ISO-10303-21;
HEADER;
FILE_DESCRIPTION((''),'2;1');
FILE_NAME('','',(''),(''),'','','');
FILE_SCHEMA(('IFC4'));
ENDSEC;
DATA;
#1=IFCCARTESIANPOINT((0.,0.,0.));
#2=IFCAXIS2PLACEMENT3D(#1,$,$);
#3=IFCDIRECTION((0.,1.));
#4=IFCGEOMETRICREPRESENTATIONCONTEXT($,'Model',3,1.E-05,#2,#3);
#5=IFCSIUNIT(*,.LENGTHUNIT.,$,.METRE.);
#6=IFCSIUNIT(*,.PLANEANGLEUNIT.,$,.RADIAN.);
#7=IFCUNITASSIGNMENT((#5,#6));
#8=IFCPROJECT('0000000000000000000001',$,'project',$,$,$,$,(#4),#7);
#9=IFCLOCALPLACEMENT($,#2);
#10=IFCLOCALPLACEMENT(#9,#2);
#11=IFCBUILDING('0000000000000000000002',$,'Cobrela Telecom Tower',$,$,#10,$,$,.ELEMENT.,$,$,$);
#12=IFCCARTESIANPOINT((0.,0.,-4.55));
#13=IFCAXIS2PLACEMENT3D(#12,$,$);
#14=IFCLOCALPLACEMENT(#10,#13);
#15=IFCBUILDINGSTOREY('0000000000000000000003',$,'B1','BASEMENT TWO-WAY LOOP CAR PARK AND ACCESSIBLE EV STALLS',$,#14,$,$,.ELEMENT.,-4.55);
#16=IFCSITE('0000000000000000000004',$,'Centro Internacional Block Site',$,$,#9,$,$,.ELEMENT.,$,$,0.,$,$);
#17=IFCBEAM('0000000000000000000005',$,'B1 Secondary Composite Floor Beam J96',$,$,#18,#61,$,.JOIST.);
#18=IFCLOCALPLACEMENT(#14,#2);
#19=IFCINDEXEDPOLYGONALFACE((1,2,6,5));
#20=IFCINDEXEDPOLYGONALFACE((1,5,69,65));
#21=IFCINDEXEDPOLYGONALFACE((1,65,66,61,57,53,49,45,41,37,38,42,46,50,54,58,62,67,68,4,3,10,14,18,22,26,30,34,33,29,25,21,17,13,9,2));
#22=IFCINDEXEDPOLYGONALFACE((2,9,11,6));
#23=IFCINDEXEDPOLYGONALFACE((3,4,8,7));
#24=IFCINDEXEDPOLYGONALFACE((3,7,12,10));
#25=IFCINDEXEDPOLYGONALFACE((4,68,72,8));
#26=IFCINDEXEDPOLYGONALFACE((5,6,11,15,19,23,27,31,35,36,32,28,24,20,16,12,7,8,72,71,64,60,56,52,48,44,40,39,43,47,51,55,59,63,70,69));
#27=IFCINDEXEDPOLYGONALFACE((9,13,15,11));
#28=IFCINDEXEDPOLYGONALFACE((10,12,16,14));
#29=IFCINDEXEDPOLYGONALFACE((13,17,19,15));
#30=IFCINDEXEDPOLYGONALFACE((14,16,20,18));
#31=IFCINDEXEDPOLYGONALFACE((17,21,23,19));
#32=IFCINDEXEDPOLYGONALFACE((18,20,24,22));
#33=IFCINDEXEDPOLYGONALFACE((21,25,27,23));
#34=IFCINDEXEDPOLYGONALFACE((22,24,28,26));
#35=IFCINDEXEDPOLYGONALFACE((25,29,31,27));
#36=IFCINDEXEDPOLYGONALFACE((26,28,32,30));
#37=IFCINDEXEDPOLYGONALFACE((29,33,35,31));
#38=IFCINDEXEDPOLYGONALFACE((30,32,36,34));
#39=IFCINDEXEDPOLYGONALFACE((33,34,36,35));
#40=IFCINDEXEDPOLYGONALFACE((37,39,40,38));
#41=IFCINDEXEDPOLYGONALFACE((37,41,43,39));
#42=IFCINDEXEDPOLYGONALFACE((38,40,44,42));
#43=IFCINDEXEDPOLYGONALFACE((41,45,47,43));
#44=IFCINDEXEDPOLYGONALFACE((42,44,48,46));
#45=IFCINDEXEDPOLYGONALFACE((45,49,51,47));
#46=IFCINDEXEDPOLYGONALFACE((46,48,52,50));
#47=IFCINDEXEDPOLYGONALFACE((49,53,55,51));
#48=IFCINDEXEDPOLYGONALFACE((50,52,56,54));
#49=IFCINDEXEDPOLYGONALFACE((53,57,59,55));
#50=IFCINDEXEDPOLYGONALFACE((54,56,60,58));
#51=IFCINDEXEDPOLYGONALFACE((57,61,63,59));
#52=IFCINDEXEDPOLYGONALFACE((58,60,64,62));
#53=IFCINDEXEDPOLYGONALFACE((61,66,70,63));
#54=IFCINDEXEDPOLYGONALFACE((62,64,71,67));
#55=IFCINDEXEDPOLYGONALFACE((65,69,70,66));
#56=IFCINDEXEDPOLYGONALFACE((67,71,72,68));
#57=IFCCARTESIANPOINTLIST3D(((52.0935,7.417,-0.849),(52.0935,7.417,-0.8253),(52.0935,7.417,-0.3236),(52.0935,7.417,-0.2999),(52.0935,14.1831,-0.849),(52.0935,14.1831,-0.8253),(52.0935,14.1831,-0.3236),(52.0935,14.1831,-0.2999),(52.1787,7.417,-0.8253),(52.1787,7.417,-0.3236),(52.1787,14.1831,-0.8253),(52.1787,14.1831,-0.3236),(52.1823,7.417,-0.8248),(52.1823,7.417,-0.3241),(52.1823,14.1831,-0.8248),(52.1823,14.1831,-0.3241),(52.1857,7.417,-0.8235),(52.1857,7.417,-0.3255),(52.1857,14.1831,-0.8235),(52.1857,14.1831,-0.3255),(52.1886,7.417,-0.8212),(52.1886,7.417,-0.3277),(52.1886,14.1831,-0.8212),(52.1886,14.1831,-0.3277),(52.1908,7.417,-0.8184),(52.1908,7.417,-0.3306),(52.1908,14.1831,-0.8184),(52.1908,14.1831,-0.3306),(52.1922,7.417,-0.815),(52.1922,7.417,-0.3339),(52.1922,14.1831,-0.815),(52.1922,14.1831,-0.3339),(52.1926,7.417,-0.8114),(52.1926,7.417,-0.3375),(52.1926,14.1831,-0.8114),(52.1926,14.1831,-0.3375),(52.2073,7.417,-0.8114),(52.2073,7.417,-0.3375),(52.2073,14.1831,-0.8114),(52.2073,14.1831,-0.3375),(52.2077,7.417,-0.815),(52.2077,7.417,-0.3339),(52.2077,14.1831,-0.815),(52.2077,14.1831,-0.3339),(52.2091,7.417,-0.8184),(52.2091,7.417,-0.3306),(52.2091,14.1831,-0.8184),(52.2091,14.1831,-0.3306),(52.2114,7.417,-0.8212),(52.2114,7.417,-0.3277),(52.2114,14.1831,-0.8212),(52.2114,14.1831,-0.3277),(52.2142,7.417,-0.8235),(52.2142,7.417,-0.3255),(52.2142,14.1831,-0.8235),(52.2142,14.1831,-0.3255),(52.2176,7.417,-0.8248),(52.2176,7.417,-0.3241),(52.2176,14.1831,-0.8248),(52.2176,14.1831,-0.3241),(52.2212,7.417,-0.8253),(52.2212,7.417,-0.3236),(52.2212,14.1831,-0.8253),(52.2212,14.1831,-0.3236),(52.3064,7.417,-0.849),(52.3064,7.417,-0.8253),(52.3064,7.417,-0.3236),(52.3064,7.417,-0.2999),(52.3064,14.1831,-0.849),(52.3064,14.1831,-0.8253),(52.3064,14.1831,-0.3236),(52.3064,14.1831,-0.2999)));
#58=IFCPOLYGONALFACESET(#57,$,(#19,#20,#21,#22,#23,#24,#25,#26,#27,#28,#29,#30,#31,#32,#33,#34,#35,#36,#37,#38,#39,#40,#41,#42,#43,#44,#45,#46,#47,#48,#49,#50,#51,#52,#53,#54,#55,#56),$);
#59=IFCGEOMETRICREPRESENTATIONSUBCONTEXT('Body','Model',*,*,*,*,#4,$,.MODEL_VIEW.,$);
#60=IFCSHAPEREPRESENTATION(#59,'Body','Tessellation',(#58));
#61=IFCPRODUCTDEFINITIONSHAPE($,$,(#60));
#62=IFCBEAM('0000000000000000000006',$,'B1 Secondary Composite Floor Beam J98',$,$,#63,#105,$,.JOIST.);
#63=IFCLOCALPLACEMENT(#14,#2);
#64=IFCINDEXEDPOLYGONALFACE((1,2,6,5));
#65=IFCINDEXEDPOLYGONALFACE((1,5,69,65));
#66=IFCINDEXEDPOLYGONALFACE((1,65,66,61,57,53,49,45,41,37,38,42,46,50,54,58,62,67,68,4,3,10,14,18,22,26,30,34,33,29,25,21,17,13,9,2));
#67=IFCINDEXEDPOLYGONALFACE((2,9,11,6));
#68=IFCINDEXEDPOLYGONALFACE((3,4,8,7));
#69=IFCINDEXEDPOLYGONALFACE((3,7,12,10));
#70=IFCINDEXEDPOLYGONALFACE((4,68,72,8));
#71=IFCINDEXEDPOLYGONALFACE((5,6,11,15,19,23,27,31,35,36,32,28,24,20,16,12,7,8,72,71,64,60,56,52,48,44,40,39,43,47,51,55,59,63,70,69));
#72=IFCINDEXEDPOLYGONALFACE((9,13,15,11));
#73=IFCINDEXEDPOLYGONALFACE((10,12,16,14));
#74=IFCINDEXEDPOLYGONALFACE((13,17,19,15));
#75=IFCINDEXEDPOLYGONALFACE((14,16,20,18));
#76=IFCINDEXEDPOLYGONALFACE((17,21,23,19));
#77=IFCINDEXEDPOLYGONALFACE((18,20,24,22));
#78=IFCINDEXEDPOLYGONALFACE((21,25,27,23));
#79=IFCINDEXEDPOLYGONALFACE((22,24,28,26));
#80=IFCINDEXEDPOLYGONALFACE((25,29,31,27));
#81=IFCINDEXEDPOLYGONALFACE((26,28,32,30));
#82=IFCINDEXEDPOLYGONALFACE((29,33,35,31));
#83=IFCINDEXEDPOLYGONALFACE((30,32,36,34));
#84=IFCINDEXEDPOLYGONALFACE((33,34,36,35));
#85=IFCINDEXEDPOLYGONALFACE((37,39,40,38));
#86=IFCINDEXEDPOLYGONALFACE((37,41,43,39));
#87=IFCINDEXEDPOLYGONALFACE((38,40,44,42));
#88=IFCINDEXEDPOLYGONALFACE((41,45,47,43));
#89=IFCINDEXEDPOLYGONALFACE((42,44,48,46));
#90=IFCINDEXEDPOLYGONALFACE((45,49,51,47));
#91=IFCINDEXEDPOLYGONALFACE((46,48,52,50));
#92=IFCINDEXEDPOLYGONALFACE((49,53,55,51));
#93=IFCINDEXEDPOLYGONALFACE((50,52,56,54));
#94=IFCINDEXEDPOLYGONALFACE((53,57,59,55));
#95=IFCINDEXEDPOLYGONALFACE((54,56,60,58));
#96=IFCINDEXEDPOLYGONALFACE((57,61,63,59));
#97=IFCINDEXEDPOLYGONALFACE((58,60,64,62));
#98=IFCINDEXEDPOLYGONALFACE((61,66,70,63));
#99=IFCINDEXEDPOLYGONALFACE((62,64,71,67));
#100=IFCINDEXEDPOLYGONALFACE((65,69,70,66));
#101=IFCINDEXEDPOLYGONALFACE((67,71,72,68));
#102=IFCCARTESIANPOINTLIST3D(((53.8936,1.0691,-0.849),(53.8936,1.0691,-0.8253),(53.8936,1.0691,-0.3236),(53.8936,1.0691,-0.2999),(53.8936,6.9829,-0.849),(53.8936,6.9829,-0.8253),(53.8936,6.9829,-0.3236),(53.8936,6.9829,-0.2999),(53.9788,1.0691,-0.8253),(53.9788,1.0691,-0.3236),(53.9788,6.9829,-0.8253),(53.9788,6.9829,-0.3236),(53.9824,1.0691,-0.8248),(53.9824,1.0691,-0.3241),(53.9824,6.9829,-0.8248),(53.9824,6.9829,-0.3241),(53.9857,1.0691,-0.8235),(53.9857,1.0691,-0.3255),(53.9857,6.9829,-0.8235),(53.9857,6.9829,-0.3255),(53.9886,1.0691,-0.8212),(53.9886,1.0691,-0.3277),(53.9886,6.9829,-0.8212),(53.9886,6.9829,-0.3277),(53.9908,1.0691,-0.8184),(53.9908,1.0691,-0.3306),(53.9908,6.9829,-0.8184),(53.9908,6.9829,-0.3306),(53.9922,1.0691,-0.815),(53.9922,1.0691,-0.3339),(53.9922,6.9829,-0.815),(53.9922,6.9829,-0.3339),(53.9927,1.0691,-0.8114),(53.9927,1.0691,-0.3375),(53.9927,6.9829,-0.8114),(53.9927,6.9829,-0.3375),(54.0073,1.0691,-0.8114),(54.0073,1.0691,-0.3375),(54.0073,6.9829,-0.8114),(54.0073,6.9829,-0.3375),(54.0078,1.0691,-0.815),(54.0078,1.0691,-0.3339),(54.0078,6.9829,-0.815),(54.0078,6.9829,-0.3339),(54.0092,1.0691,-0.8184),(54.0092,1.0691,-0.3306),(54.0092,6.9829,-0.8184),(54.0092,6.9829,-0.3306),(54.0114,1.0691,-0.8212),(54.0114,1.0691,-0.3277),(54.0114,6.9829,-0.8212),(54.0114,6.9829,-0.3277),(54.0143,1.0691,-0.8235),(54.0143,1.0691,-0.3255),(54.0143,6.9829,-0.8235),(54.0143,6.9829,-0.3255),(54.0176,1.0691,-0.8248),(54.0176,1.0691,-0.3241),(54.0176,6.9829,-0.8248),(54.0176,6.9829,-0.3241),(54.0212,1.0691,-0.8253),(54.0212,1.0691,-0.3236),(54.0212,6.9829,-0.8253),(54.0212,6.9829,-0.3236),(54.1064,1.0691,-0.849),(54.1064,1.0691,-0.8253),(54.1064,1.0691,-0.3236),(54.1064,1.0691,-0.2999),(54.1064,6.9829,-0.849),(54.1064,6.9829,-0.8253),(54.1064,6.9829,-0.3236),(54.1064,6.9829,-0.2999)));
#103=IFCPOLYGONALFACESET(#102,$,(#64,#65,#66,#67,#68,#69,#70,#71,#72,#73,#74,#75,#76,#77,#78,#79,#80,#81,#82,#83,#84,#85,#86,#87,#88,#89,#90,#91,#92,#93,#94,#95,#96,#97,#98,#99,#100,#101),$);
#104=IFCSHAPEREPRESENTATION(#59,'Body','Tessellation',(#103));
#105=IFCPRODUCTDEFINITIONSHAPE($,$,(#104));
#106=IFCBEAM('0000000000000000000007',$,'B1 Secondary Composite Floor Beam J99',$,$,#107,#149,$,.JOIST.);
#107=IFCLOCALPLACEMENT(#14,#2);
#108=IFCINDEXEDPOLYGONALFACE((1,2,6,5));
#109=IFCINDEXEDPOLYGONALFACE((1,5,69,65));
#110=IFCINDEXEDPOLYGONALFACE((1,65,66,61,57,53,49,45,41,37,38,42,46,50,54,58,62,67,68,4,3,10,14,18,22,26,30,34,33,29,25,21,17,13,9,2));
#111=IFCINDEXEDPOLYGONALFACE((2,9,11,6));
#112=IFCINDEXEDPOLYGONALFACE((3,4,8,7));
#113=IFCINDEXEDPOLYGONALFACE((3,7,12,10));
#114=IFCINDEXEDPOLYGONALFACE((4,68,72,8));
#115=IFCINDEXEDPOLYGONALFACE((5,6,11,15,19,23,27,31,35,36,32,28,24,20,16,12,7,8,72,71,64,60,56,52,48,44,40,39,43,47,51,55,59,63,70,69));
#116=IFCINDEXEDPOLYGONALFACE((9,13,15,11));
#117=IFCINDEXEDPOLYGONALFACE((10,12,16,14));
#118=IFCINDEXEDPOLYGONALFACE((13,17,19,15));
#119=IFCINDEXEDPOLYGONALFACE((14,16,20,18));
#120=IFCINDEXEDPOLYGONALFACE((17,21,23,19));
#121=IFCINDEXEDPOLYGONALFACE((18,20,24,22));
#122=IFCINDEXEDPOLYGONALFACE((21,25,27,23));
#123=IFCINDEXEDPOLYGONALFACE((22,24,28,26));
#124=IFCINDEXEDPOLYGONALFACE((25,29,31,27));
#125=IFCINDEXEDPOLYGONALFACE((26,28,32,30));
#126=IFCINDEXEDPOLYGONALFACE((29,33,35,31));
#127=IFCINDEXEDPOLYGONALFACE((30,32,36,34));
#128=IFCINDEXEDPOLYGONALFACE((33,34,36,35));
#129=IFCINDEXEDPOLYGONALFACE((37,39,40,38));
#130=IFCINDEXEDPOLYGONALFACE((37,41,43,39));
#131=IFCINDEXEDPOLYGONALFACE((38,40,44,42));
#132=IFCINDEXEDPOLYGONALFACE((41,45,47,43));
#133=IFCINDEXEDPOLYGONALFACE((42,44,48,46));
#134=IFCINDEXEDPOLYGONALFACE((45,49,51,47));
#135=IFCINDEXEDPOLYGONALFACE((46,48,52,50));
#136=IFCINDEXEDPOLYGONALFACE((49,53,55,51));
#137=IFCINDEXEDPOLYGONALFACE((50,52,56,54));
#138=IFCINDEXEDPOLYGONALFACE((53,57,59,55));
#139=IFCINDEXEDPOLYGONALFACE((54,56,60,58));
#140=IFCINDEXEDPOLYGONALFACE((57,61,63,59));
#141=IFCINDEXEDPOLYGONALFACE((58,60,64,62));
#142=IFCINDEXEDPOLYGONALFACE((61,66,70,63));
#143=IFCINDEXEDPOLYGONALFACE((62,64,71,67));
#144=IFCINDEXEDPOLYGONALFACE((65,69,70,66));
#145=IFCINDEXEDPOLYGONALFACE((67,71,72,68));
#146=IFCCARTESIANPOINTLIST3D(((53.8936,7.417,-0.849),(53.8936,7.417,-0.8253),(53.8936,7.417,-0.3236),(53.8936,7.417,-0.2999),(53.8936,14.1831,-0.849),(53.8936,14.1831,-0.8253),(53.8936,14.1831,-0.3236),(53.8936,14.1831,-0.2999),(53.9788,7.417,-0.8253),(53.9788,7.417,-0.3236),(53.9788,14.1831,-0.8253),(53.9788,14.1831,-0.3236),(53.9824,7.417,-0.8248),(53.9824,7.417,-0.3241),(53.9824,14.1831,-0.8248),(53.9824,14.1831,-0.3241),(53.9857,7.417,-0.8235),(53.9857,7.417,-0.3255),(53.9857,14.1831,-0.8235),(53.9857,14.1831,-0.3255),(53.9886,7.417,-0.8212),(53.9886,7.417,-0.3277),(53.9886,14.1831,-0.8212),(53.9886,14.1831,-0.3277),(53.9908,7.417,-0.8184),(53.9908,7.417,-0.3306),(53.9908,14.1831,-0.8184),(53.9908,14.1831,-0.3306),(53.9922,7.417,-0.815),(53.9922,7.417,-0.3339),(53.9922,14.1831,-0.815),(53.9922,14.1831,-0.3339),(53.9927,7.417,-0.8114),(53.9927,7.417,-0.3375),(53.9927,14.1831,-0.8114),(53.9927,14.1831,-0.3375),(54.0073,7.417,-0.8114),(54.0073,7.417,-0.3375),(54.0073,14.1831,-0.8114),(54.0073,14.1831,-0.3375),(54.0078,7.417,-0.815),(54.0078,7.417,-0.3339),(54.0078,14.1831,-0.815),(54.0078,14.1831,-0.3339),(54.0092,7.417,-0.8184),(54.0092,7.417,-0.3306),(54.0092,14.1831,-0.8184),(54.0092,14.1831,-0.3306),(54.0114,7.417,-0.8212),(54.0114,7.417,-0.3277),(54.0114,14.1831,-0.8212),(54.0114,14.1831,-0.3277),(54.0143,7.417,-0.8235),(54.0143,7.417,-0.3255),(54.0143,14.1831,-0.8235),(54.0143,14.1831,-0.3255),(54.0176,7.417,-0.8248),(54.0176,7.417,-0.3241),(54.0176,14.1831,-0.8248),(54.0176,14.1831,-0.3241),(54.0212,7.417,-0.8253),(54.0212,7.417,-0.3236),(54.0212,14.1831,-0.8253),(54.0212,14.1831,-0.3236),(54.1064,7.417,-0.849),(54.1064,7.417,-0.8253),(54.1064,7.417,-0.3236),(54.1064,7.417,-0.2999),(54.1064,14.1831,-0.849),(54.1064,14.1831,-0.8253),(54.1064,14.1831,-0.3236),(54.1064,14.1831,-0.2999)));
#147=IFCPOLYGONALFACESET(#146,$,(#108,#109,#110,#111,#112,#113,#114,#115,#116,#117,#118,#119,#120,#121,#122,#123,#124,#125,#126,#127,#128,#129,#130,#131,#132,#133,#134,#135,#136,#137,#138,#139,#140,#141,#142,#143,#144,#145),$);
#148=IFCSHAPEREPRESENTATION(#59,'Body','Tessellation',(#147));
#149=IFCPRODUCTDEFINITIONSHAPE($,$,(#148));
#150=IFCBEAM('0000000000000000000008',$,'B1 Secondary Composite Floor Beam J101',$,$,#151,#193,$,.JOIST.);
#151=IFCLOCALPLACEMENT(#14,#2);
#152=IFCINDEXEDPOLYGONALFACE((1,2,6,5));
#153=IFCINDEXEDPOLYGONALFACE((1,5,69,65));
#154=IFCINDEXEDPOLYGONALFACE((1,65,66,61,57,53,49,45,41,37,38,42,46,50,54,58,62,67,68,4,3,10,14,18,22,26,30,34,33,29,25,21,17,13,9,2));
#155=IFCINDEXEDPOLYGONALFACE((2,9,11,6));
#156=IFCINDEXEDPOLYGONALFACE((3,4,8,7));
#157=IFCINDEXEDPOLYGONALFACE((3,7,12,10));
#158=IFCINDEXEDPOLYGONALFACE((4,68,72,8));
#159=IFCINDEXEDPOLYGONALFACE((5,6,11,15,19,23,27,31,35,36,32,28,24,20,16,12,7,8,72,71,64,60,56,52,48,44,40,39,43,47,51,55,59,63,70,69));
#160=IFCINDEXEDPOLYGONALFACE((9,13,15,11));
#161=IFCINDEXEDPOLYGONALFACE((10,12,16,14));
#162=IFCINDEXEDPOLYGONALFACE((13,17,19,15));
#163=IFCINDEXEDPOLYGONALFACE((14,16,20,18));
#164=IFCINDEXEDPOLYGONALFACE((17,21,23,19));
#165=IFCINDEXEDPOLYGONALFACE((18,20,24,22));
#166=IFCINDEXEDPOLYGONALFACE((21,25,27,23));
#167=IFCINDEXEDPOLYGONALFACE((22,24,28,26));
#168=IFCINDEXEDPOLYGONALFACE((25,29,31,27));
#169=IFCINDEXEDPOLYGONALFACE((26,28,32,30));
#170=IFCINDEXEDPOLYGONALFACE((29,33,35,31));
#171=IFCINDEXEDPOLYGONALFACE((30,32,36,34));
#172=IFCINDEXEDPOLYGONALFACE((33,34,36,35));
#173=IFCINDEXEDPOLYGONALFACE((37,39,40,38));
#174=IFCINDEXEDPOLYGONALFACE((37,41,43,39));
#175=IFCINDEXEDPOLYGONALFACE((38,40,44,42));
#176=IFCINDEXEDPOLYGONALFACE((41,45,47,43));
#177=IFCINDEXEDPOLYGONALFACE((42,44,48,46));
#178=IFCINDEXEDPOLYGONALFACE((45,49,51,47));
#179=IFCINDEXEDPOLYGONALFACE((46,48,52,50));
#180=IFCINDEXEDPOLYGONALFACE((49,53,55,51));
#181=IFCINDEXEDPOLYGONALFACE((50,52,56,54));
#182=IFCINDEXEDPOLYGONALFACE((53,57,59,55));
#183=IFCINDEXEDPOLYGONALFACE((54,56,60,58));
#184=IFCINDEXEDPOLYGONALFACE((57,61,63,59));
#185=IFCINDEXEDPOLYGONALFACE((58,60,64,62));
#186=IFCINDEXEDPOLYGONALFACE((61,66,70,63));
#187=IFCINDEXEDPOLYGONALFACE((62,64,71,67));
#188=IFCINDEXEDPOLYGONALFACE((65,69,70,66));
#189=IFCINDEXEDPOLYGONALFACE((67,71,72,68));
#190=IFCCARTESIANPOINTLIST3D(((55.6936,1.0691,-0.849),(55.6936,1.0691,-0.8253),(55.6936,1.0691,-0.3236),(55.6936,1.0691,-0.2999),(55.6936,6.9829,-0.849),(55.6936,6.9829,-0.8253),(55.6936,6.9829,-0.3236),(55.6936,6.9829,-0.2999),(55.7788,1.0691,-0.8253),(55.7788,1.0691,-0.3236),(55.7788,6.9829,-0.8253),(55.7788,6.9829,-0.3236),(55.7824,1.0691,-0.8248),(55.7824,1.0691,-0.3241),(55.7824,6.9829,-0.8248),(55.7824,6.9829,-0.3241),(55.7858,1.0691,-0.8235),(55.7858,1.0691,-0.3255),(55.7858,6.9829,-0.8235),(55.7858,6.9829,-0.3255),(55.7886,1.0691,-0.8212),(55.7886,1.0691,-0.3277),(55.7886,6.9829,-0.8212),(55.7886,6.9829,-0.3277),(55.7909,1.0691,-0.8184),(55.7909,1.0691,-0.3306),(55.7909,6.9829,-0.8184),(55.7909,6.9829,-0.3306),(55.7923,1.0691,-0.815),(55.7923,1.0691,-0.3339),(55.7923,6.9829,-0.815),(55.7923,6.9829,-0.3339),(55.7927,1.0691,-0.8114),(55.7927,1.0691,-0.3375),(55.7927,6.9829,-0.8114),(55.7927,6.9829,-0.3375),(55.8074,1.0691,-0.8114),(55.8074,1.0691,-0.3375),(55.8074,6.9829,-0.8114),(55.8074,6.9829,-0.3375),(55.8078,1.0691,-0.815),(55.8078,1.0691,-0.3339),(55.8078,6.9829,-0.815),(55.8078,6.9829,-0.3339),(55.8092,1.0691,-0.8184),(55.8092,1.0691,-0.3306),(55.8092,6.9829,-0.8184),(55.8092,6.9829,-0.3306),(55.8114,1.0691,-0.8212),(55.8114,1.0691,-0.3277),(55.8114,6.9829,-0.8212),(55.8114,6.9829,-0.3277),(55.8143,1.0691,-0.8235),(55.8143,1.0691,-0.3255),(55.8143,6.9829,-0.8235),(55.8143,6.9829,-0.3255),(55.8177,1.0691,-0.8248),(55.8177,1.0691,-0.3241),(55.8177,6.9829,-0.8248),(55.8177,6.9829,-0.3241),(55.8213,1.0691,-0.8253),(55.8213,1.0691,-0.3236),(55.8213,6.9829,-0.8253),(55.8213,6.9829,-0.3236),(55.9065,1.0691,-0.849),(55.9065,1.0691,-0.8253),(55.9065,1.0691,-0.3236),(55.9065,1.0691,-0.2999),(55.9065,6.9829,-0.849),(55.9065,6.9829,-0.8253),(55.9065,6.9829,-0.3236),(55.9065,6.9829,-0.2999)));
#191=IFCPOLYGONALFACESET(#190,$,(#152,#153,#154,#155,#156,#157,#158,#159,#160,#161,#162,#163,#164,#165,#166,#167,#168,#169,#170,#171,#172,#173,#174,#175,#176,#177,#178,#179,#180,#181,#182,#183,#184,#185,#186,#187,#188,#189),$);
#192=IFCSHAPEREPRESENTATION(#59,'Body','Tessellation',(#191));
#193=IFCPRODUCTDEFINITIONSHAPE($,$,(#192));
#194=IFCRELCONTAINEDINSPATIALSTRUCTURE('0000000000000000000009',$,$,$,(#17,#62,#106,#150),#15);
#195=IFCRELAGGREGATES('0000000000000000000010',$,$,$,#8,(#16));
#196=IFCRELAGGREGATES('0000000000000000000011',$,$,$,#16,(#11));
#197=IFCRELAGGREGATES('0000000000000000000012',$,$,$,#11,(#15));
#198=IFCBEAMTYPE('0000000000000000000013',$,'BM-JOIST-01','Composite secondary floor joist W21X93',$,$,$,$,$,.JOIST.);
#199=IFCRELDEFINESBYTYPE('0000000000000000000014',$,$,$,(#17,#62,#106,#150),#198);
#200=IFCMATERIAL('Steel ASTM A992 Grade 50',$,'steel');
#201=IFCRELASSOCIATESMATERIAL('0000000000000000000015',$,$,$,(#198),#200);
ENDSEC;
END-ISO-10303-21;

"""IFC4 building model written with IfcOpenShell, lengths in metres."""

from ifc_helpers import new_model, si_unit, direction, frame, origin, origin_2d, place, context, subcontext, project, spatial, i_section, extrude, material, material_profile, profile_set, type_object, element, save


model = new_model("IFC4")

# Units and contexts
model_context = context("Model", 3, precision=1e-05, world=origin(), true_north=direction((0.0, 1.0)))
body_context = subcontext(model_context, "Body", "Model", "MODEL_VIEW")
ifc_project = project(units=[si_unit("LENGTHUNIT", "METRE"), si_unit("PLANEANGLEUNIT", "RADIAN")], contexts=[model_context])

# Site, building, storey
site_placement = place(None, origin())
site = spatial("IfcSite", under=ifc_project, at=site_placement, Name="Centro Internacional Block Site", CompositionType="ELEMENT", RefElevation=0.0)
building_placement = place(site_placement, origin())
building = spatial("IfcBuilding", under=site, at=building_placement, Name="Cobrela Telecom Tower", CompositionType="ELEMENT")
storey_placement = place(building_placement, frame((0.0, 0.0, -4.55)))
storey = spatial("IfcBuildingStorey", under=building, at=storey_placement, Name="B1", Description="BASEMENT TWO-WAY LOOP CAR PARK AND ACCESSIBLE EV STALLS", CompositionType="ELEMENT", Elevation=-4.55)

# Beams
ifc_material_1 = material(Name="Steel ASTM A992 Grade 50", Category="steel")
ifc_material_profile_1 = material_profile(ifc_material_1, i_section(OverallWidth=0.2129, OverallDepth=0.5491, WebThickness=0.0146, FlangeThickness=0.0237, FilletRadius=0.0139, at=origin_2d()), Name="W21X93")
ifc_profile_set_1 = profile_set([ifc_material_profile_1], Name="Steel ASTM A992 Grade 50")
beam_type_1 = type_object("IfcBeamType", Name="BM-JOIST-01", Description="Composite secondary floor joist W21X93", PredefinedType="JOIST", material=ifc_profile_set_1)
beam_1_placement = place(storey_placement, frame((52.2, 7.417, -0.5745), z_axis=(0.0, 1.0, 0.0), x_axis=(-1.0, 0.0, 0.0)))
element("IfcBeam", 1, at=beam_1_placement, inside=storey, type_object=beam_type_1, Name="B1 Secondary Composite Floor Beam J96", PredefinedType="JOIST", context=body_context, shape_type="SweptSolid", body=[
    extrude(i_section(OverallWidth=0.2129, OverallDepth=0.5491, WebThickness=0.0146, FlangeThickness=0.0237, FilletRadius=0.0139, at=origin_2d()), origin(), (0.0, 0.0, 1.0), 6.7661),
])
beam_2_placement = place(storey_placement, frame((54.0, 1.0691, -0.5745), z_axis=(0.0, 1.0, 0.0), x_axis=(-1.0, 0.0, 0.0)))
element("IfcBeam", 2, at=beam_2_placement, inside=storey, type_object=beam_type_1, Name="B1 Secondary Composite Floor Beam J98", PredefinedType="JOIST", context=body_context, shape_type="SweptSolid", body=[
    extrude(i_section(OverallWidth=0.2129, OverallDepth=0.5491, WebThickness=0.0146, FlangeThickness=0.0237, FilletRadius=0.0139, at=origin_2d()), origin(), (0.0, 0.0, 1.0), 5.9138),
])
beam_3_placement = place(storey_placement, frame((54.0, 7.417, -0.5745), z_axis=(0.0, 1.0, 0.0), x_axis=(-1.0, 0.0, 0.0)))
element("IfcBeam", 3, at=beam_3_placement, inside=storey, type_object=beam_type_1, Name="B1 Secondary Composite Floor Beam J99", PredefinedType="JOIST", context=body_context, shape_type="SweptSolid", body=[
    extrude(i_section(OverallWidth=0.2129, OverallDepth=0.5491, WebThickness=0.0146, FlangeThickness=0.0237, FilletRadius=0.0139, at=origin_2d()), origin(), (0.0, 0.0, 1.0), 6.7661),
])
beam_4_placement = place(storey_placement, frame((55.8, 1.0691, -0.5745), z_axis=(0.0, 1.0, 0.0), x_axis=(-1.0, 0.0, 0.0)))
element("IfcBeam", 4, at=beam_4_placement, inside=storey, type_object=beam_type_1, Name="B1 Secondary Composite Floor Beam J101", PredefinedType="JOIST", context=body_context, shape_type="SweptSolid", body=[
    extrude(i_section(OverallWidth=0.2129, OverallDepth=0.5491, WebThickness=0.0146, FlangeThickness=0.0237, FilletRadius=0.0139, at=origin_2d()), origin(), (0.0, 0.0, 1.0), 5.9138),
])

save(model, "model.ifc")
